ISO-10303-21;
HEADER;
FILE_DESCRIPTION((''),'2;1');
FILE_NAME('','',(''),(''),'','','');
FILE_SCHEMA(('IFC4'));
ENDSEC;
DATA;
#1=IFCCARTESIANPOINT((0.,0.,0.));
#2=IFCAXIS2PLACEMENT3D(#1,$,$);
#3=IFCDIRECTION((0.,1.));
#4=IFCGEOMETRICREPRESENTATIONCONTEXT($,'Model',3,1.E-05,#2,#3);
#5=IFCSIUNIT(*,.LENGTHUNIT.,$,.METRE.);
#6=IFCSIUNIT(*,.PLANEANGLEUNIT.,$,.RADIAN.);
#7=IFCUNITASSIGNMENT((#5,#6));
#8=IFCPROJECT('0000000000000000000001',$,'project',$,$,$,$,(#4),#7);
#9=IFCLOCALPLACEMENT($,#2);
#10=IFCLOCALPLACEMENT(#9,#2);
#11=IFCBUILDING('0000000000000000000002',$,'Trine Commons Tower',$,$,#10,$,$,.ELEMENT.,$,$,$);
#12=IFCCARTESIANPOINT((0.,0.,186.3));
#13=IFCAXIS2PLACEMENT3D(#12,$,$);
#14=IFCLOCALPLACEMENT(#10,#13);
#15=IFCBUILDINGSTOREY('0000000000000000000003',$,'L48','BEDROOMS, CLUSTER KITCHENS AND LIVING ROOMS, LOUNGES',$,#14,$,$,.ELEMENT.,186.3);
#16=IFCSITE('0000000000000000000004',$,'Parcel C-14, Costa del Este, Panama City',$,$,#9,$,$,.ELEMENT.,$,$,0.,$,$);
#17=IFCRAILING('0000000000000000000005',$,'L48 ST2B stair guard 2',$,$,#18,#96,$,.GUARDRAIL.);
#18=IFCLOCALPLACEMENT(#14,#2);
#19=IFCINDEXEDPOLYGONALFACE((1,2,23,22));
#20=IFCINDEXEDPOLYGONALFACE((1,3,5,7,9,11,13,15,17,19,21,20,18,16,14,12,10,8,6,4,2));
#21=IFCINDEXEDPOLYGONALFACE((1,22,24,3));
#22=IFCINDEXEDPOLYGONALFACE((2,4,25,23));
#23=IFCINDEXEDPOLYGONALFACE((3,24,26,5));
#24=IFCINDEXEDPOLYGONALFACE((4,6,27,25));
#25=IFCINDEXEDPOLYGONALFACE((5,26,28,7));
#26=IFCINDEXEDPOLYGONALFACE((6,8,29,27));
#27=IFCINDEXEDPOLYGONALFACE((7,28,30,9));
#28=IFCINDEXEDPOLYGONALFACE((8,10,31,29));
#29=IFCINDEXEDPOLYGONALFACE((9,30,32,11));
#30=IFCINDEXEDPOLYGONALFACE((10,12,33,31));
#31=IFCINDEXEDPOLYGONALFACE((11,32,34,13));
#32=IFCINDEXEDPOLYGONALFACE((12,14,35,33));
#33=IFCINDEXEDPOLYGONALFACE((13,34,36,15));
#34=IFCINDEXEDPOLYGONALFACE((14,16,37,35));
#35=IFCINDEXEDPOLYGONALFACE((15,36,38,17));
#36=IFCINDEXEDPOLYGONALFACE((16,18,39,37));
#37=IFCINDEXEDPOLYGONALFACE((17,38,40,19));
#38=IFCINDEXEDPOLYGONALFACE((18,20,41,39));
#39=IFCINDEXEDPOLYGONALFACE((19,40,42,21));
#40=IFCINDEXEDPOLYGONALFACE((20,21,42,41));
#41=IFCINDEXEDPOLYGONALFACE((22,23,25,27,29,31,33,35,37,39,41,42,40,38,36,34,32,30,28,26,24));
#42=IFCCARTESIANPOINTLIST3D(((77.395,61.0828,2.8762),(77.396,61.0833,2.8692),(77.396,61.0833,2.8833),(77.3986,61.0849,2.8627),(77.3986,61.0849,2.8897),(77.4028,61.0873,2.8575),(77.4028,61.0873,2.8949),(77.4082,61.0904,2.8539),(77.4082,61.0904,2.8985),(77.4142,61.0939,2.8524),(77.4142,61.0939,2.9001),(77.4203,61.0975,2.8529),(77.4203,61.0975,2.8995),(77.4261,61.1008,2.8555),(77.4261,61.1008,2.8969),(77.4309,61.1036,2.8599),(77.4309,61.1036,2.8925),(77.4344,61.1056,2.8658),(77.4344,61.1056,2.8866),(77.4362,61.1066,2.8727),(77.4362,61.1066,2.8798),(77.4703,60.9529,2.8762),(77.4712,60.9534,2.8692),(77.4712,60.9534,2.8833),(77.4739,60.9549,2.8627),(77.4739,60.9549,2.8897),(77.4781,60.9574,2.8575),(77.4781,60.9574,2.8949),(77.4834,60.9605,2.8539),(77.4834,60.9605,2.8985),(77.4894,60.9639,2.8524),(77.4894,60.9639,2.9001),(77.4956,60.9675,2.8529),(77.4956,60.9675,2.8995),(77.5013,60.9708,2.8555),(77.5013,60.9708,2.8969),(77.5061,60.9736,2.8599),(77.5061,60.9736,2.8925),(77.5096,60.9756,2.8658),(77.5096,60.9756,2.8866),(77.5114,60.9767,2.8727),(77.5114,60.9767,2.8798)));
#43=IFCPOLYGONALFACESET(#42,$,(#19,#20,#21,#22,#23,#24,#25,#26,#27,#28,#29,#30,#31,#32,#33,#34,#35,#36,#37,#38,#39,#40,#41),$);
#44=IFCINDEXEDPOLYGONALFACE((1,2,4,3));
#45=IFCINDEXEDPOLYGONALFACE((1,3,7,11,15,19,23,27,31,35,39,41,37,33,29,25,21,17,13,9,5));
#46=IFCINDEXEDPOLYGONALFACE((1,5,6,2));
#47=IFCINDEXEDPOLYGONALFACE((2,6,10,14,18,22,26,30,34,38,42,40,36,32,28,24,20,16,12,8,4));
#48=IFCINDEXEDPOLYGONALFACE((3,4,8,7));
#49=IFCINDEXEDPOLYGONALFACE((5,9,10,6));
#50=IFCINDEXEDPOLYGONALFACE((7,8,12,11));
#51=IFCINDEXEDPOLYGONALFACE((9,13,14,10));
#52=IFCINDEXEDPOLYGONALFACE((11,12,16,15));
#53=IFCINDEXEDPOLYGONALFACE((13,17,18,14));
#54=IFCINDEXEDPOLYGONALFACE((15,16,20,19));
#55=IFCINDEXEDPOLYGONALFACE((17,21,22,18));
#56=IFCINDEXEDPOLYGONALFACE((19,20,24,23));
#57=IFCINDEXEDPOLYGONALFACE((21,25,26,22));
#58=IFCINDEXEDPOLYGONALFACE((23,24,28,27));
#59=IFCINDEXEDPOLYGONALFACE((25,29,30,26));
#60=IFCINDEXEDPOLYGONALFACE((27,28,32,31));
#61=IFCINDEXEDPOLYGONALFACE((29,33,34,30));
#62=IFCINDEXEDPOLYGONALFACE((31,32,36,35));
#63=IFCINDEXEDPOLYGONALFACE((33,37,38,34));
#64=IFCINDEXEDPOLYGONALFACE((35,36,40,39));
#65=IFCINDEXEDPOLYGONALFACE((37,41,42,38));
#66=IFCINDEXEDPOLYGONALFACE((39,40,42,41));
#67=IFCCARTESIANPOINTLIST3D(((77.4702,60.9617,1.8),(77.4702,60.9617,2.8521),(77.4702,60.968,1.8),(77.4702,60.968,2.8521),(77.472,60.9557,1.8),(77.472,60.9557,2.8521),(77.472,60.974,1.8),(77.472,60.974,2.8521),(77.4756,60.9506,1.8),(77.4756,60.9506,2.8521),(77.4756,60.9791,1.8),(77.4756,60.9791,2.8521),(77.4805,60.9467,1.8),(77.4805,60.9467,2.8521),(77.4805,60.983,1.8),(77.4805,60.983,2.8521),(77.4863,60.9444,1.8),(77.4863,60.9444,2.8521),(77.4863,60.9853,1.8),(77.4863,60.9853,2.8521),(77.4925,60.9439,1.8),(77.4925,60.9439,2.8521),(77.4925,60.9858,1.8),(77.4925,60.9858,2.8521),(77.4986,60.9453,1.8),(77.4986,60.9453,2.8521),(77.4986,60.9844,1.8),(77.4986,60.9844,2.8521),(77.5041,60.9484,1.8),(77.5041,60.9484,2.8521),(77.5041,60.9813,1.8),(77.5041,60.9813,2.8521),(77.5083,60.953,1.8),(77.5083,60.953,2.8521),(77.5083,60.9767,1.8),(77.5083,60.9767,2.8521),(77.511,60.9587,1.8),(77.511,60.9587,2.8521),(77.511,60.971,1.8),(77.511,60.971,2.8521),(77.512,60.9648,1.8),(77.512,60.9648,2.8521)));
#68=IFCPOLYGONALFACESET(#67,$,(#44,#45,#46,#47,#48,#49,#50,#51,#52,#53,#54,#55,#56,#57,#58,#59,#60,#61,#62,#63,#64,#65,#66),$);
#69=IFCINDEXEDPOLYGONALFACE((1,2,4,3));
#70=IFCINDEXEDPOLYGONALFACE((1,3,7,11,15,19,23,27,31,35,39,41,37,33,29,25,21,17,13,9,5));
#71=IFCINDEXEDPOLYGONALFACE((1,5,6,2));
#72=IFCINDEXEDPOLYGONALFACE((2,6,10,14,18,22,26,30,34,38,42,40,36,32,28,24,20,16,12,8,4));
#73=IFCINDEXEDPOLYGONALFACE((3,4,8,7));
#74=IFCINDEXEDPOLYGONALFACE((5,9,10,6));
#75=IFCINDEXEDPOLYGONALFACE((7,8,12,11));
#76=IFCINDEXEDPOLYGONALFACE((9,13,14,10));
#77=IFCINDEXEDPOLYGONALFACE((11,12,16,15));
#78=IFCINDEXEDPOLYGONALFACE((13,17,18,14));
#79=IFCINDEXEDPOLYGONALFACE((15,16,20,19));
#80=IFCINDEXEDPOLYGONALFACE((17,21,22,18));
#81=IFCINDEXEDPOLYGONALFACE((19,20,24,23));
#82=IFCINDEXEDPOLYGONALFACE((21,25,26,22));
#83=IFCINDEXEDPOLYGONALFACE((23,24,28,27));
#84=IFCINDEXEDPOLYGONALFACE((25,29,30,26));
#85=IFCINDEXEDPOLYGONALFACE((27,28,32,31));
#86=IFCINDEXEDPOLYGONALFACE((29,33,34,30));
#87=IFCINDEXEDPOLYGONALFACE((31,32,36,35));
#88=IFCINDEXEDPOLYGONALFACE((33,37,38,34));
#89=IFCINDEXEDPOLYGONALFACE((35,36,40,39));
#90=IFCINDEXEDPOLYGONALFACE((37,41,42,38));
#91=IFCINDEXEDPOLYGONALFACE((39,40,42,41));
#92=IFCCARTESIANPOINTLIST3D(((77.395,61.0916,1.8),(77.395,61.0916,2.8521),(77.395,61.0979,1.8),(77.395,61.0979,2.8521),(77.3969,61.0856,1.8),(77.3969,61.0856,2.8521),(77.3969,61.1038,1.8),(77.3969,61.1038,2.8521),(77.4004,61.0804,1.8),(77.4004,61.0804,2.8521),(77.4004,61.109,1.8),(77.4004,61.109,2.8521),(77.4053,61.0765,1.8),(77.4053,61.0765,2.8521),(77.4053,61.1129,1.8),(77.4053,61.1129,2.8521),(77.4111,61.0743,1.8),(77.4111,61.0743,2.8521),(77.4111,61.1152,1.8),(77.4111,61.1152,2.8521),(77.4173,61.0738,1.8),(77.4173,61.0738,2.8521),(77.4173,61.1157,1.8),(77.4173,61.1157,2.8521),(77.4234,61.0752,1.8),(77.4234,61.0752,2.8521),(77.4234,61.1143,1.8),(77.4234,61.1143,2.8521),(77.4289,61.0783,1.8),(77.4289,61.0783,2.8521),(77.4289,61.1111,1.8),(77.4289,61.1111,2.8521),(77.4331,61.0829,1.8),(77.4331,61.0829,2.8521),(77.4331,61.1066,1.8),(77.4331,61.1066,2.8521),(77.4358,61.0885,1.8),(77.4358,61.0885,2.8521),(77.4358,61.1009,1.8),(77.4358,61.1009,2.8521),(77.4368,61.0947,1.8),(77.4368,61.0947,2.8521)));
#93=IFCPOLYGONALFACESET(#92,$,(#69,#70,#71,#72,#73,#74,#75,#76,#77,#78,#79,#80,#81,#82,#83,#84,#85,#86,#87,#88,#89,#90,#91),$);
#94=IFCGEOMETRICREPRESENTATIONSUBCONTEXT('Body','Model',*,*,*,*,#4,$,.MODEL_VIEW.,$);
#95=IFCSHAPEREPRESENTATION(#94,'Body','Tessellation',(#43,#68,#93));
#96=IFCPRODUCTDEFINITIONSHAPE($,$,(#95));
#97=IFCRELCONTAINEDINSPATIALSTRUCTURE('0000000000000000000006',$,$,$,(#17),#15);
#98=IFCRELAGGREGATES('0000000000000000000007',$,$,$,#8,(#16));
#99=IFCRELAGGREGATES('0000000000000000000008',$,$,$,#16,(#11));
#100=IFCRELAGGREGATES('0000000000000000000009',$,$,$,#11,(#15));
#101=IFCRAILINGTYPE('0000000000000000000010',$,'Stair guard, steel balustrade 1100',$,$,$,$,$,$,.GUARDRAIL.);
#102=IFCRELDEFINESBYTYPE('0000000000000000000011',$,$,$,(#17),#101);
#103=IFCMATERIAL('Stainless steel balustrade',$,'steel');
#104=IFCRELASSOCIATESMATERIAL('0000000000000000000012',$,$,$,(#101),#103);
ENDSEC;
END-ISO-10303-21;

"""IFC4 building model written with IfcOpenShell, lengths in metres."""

from ifc_helpers import new_model, si_unit, direction, frame, origin, origin_2d, place, context, subcontext, project, spatial, circle, extrude, material, type_object, element, save


model = new_model("IFC4")

# Units and contexts
model_context = context("Model", 3, precision=1e-05, world=origin(), true_north=direction((0.0, 1.0)))
body_context = subcontext(model_context, "Body", "Model", "MODEL_VIEW")
ifc_project = project(units=[si_unit("LENGTHUNIT", "METRE"), si_unit("PLANEANGLEUNIT", "RADIAN")], contexts=[model_context])

# Site, building, storey
site_placement = place(None, origin())
site = spatial("IfcSite", under=ifc_project, at=site_placement, Name="Parcel C-14, Costa del Este, Panama City", CompositionType="ELEMENT", RefElevation=0.0)
building_placement = place(site_placement, origin())
building = spatial("IfcBuilding", under=site, at=building_placement, Name="Trine Commons Tower", CompositionType="ELEMENT")
storey_placement = place(building_placement, frame((0.0, 0.0, 186.3)))
storey = spatial("IfcBuildingStorey", under=building, at=storey_placement, Name="L48", Description="BEDROOMS, CLUSTER KITCHENS AND LIVING ROOMS, LOUNGES", CompositionType="ELEMENT", Elevation=186.3)

# Railing
ifc_material_1 = material(Name="Stainless steel balustrade", Category="steel")
railing_type_1 = type_object("IfcRailingType", Name="Stair guard, steel balustrade 1100", PredefinedType="GUARDRAIL", material=ifc_material_1)
railing_1_placement = place(storey_placement, frame((77.491, 60.9648, 1.8)))
element("IfcRailing", 1, at=railing_1_placement, inside=storey, type_object=railing_type_1, Name="L48 ST2B stair guard 2", PredefinedType="GUARDRAIL", context=body_context, shape_type="SweptSolid", body=[
    extrude(circle(Radius=0.0239, at=origin_2d()), frame((0.0, 0.0, 1.0762), z_axis=(-0.501036, 0.865426, 0.0), x_axis=(-0.865426, -0.501036, 0.0)), (0.0, 0.0, 1.0), 0.1501),
    extrude(circle(Radius=0.021, at=origin_2d()), origin(), (0.0, 0.0, 1.0), 1.052),
    extrude(circle(Radius=0.021, at=origin_2d()), frame((-0.0752, 0.1299, 0.0)), (0.0, 0.0, 1.0), 1.052),
])

save(model, "model.ifc")
